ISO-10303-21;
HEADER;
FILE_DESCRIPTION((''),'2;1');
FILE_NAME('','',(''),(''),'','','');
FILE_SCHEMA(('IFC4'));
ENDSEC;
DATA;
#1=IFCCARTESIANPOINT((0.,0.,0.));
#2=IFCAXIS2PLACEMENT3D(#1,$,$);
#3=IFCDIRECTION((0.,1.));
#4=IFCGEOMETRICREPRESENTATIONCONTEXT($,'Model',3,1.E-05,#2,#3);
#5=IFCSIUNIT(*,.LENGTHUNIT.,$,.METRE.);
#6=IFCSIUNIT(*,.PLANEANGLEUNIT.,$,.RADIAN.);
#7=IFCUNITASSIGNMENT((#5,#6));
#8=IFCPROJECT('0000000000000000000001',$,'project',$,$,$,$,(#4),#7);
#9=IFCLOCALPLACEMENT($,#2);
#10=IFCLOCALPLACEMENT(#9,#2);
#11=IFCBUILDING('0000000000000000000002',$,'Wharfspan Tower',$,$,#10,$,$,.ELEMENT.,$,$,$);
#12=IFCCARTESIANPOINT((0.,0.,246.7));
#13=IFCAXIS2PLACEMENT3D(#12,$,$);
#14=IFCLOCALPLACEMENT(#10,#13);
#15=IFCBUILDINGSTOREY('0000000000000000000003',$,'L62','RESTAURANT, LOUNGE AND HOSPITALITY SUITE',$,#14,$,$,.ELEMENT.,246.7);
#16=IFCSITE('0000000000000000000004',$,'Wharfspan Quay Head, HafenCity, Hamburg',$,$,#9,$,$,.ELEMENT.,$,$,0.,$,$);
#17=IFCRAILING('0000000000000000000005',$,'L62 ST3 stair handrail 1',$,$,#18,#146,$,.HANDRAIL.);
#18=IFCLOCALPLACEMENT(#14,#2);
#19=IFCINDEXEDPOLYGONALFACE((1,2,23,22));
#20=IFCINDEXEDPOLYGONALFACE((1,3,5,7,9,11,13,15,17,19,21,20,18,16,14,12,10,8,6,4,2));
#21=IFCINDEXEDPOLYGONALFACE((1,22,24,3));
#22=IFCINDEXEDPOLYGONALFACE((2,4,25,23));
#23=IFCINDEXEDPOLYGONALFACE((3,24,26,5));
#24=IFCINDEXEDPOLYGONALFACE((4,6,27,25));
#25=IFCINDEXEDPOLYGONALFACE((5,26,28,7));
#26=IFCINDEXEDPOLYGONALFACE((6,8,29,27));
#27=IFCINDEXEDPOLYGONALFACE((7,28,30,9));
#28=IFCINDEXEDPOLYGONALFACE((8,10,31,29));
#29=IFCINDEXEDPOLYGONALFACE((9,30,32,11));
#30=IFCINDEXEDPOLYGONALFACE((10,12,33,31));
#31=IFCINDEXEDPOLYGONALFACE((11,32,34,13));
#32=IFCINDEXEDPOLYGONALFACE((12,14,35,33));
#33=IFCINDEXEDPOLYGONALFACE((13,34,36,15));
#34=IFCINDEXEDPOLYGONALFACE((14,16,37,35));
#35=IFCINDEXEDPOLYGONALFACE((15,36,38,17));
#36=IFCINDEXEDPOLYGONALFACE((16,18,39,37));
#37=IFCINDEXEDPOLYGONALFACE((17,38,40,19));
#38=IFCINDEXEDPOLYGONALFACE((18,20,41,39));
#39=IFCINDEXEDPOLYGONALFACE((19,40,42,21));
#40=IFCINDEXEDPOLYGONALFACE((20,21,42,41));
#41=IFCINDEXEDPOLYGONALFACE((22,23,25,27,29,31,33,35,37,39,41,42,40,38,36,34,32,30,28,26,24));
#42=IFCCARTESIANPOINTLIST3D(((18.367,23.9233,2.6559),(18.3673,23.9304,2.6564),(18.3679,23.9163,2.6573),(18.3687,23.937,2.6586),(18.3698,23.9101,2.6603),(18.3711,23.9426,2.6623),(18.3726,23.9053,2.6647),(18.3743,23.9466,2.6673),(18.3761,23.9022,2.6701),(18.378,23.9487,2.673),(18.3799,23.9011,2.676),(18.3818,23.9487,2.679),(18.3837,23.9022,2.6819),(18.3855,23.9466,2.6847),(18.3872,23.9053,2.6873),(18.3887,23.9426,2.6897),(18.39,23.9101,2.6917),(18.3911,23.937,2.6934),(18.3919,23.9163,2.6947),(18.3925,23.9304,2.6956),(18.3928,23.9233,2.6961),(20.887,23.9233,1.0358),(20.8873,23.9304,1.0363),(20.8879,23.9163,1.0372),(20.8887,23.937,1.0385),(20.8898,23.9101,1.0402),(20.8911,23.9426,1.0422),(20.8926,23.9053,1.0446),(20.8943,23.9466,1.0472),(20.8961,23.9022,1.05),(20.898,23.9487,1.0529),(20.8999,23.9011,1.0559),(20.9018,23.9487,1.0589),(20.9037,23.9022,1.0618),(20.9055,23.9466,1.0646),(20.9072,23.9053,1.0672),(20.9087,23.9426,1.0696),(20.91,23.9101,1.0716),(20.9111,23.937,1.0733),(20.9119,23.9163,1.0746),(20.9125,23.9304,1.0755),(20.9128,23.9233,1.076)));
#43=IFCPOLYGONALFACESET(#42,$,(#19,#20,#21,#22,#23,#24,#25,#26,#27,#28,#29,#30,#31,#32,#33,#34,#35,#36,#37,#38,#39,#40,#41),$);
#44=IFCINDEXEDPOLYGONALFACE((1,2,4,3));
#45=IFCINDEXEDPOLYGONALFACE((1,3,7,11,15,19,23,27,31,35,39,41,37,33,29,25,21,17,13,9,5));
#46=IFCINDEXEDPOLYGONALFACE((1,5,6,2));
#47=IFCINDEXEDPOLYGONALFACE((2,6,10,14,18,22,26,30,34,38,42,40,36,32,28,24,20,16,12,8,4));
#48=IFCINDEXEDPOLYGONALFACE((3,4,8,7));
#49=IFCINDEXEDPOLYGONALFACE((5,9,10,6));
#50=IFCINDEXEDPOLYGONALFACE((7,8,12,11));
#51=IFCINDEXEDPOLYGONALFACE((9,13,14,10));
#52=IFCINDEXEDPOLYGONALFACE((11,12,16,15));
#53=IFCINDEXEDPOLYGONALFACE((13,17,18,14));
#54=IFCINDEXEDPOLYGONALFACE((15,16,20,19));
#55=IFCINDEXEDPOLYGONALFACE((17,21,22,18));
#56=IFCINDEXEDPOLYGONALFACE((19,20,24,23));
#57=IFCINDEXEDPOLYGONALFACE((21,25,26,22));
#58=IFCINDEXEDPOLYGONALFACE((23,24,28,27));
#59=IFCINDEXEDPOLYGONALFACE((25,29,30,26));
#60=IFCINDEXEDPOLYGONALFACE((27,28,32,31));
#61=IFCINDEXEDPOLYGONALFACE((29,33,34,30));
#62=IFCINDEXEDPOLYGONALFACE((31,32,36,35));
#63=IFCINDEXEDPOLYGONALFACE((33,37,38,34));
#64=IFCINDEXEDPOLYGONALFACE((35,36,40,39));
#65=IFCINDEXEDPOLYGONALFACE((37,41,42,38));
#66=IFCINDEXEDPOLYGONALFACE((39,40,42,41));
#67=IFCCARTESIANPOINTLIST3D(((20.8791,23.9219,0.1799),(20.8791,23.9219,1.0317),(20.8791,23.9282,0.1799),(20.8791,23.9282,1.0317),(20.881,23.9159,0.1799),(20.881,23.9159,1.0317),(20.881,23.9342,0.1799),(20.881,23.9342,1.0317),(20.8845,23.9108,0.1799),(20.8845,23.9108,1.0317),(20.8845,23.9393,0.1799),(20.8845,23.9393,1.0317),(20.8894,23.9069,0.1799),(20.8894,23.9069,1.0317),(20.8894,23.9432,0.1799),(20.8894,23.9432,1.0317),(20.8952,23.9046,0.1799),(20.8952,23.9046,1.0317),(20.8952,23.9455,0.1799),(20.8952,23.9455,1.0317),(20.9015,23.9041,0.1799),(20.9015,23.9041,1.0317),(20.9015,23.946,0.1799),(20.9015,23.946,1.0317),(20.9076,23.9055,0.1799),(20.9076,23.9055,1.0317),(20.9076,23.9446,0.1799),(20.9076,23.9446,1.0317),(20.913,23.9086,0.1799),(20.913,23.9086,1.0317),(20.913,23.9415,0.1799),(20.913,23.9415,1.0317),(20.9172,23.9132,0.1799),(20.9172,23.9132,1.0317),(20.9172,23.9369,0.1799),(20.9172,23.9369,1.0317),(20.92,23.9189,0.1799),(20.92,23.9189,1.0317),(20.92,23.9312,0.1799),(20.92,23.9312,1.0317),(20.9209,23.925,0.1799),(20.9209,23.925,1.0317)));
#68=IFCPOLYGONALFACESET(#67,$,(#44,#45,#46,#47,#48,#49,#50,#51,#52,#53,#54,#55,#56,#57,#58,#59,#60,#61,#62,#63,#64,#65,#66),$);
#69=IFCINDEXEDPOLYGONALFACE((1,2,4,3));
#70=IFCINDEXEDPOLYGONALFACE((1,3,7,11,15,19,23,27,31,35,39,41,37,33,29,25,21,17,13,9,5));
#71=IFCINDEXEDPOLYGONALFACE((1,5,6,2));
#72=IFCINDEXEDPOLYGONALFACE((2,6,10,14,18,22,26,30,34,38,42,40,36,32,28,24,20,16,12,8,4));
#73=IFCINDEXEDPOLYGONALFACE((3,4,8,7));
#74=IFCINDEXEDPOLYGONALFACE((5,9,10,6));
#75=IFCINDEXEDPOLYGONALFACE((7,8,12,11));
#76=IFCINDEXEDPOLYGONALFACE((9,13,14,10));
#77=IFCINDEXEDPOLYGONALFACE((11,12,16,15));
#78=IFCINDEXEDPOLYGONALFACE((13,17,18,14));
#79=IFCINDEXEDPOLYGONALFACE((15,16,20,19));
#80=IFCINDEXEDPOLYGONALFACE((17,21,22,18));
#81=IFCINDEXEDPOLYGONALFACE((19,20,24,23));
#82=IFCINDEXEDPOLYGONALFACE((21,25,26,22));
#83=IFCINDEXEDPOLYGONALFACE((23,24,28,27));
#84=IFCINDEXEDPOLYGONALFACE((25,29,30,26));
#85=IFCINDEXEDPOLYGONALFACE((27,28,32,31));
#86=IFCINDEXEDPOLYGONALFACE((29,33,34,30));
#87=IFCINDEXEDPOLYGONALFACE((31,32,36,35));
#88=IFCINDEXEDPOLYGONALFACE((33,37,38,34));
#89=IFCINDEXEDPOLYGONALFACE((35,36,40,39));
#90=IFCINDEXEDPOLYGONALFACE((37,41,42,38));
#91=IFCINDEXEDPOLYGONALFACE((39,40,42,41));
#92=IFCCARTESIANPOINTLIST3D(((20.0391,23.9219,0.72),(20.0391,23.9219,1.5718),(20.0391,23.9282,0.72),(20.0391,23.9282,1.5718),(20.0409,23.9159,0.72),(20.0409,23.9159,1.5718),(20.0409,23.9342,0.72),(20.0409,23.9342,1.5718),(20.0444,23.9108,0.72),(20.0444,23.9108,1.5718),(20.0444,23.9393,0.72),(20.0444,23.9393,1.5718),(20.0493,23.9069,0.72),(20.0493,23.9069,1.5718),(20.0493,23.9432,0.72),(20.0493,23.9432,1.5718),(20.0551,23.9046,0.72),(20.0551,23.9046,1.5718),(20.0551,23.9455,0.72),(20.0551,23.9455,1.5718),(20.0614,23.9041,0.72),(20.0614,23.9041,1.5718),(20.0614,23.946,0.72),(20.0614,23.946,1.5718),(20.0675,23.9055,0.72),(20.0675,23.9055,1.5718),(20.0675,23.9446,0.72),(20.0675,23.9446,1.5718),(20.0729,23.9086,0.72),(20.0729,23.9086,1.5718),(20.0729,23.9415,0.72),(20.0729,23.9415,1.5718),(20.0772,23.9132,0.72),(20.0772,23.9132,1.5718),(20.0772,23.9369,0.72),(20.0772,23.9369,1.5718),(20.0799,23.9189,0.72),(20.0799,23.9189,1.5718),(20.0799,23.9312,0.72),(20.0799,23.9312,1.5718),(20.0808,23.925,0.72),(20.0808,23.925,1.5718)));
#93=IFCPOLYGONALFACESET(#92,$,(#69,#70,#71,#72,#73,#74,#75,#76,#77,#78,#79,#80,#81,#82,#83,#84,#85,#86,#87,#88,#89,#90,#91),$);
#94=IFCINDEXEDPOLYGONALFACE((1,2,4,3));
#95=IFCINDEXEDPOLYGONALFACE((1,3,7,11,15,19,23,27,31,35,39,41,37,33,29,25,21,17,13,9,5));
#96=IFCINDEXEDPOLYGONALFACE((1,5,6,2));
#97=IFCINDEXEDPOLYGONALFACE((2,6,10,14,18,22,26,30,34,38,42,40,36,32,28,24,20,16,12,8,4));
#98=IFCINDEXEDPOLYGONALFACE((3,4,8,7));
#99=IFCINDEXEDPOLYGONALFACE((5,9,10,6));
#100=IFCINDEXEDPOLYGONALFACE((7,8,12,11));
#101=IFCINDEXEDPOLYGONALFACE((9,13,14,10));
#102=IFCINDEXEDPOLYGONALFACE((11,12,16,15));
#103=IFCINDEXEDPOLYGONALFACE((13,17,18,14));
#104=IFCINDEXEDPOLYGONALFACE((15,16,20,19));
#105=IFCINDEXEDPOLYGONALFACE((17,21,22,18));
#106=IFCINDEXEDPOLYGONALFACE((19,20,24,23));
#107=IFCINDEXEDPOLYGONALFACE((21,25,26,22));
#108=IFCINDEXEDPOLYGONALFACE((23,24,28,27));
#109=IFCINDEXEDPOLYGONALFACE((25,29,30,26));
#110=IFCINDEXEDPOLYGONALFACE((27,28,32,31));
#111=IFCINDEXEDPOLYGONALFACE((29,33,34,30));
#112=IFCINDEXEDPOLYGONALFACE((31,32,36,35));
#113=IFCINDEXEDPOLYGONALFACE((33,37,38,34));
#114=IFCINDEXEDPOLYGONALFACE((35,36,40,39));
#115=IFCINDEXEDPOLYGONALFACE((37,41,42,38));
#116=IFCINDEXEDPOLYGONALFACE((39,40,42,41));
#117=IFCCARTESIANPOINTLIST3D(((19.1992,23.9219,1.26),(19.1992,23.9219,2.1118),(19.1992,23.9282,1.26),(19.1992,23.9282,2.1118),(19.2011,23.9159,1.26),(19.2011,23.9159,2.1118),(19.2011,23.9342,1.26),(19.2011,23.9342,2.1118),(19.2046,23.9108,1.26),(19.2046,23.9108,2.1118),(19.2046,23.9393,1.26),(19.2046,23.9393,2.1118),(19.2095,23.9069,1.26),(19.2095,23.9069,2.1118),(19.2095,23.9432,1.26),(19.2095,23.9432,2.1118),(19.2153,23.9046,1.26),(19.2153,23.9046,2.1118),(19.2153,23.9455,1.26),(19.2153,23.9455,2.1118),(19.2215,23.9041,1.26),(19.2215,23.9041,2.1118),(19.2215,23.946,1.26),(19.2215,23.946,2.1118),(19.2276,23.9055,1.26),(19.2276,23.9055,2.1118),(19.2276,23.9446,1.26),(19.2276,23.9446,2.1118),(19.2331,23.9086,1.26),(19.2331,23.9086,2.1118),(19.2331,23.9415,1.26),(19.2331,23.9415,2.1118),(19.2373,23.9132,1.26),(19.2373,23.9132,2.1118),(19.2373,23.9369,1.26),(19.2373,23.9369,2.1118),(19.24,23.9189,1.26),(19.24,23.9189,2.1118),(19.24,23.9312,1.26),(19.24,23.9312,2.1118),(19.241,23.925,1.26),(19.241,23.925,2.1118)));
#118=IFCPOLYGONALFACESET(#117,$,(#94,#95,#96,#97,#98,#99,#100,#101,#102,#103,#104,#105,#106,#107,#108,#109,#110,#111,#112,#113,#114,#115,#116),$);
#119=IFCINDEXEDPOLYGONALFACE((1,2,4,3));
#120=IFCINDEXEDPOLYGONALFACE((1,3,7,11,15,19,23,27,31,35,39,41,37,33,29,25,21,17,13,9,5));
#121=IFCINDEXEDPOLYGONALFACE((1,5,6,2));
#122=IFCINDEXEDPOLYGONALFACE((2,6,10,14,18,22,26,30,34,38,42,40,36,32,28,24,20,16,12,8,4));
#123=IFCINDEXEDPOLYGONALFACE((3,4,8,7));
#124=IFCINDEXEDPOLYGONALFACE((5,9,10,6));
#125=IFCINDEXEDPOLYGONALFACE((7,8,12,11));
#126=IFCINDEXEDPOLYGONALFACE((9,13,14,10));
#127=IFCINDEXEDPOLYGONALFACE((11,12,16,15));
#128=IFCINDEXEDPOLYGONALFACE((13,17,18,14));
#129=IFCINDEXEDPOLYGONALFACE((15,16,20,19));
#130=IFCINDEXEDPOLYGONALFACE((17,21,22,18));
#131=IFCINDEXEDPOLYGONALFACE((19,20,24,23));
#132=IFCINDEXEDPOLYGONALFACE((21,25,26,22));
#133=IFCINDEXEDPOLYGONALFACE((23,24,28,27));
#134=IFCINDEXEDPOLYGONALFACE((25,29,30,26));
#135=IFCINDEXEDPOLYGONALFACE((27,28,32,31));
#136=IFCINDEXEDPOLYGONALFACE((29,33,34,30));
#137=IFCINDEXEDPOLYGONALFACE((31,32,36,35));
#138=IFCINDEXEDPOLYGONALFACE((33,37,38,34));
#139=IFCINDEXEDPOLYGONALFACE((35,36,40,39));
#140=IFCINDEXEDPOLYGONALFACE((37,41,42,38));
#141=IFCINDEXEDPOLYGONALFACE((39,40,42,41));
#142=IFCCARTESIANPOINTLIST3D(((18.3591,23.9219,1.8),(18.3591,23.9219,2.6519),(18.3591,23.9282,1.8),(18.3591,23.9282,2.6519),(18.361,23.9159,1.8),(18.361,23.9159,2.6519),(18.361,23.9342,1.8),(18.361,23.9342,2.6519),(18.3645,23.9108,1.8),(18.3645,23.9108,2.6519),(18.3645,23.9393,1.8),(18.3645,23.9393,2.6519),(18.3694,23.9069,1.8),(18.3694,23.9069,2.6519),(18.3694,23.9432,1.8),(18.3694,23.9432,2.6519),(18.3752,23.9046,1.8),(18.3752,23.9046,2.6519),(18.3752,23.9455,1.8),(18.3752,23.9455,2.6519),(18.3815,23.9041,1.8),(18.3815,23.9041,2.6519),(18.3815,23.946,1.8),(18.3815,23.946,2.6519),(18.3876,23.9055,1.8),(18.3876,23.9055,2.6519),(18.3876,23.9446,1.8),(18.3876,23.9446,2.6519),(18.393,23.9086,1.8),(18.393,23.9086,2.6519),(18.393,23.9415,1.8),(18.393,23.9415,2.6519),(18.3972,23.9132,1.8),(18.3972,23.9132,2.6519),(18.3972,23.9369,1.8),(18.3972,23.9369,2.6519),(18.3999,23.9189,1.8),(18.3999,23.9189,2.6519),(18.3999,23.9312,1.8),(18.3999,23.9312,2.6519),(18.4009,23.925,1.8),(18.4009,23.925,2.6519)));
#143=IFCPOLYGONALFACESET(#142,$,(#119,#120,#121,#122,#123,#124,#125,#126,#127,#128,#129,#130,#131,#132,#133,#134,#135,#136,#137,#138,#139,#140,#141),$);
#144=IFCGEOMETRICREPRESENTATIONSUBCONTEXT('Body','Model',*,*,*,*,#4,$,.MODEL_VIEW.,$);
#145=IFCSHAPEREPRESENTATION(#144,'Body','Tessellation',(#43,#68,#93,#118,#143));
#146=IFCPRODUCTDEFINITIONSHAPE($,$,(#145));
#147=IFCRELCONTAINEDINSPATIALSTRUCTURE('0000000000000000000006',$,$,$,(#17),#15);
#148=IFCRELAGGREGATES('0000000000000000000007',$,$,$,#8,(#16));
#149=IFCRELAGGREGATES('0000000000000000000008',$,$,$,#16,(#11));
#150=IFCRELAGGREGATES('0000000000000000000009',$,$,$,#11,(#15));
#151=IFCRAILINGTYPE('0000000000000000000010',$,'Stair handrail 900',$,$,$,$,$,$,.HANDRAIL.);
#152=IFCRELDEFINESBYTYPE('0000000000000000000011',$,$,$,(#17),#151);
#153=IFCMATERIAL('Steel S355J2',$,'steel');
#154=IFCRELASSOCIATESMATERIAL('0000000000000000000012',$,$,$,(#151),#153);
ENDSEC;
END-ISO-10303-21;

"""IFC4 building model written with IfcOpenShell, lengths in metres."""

from ifc_helpers import new_model, si_unit, direction, frame, origin, origin_2d, place, context, subcontext, project, spatial, circle, extrude, material, type_object, element, save


model = new_model("IFC4")

# Units and contexts
model_context = context("Model", 3, precision=1e-05, world=origin(), true_north=direction((0.0, 1.0)))
body_context = subcontext(model_context, "Body", "Model", "MODEL_VIEW")
ifc_project = project(units=[si_unit("LENGTHUNIT", "METRE"), si_unit("PLANEANGLEUNIT", "RADIAN")], contexts=[model_context])

# Site, building, storey
site_placement = place(None, origin())
site = spatial("IfcSite", under=ifc_project, at=site_placement, Name="Wharfspan Quay Head, HafenCity, Hamburg", CompositionType="ELEMENT", RefElevation=0.0)
building_placement = place(site_placement, origin())
building = spatial("IfcBuilding", under=site, at=building_placement, Name="Wharfspan Tower", CompositionType="ELEMENT")
storey_placement = place(building_placement, frame((0.0, 0.0, 246.7)))
storey = spatial("IfcBuildingStorey", under=building, at=storey_placement, Name="L62", Description="RESTAURANT, LOUNGE AND HOSPITALITY SUITE", CompositionType="ELEMENT", Elevation=246.7)

# Shared definitions
ifc_material_1 = material(Name="Steel S355J2", Category="steel")

# Railing
railing_type_1 = type_object("IfcRailingType", Name="Stair handrail 900", PredefinedType="HANDRAIL", material=ifc_material_1)
railing_1_placement = place(storey_placement, frame((20.8999, 23.925, 0.1799)))
element("IfcRailing", 1, at=railing_1_placement, inside=storey, type_object=railing_type_1, Name="L62 ST3 stair handrail 1", PredefinedType="HANDRAIL", context=body_context, shape_type="SweptSolid", body=[
    extrude(circle(Radius=0.0239, at=origin_2d()), frame((0.0, 0.0, 0.876), z_axis=(-0.841163, 0.0, 0.540782), x_axis=(0.0, -1.0, 0.0)), (0.0, 0.0, 1.0), 2.9958),
    extrude(circle(Radius=0.021, at=origin_2d()), origin(), (0.0, 0.0, 1.0), 0.8518),
    extrude(circle(Radius=0.021, at=origin_2d()), frame((-0.8401, 0.0, 0.54)), (0.0, 0.0, 1.0), 0.8518),
    extrude(circle(Radius=0.021, at=origin_2d()), frame((-1.6799, 0.0, 1.0801)), (0.0, 0.0, 1.0), 0.8518),
    extrude(circle(Radius=0.021, at=origin_2d()), frame((-2.52, 0.0, 1.6201)), (0.0, 0.0, 1.0), 0.8518),
])

save(model, "model.ifc")
